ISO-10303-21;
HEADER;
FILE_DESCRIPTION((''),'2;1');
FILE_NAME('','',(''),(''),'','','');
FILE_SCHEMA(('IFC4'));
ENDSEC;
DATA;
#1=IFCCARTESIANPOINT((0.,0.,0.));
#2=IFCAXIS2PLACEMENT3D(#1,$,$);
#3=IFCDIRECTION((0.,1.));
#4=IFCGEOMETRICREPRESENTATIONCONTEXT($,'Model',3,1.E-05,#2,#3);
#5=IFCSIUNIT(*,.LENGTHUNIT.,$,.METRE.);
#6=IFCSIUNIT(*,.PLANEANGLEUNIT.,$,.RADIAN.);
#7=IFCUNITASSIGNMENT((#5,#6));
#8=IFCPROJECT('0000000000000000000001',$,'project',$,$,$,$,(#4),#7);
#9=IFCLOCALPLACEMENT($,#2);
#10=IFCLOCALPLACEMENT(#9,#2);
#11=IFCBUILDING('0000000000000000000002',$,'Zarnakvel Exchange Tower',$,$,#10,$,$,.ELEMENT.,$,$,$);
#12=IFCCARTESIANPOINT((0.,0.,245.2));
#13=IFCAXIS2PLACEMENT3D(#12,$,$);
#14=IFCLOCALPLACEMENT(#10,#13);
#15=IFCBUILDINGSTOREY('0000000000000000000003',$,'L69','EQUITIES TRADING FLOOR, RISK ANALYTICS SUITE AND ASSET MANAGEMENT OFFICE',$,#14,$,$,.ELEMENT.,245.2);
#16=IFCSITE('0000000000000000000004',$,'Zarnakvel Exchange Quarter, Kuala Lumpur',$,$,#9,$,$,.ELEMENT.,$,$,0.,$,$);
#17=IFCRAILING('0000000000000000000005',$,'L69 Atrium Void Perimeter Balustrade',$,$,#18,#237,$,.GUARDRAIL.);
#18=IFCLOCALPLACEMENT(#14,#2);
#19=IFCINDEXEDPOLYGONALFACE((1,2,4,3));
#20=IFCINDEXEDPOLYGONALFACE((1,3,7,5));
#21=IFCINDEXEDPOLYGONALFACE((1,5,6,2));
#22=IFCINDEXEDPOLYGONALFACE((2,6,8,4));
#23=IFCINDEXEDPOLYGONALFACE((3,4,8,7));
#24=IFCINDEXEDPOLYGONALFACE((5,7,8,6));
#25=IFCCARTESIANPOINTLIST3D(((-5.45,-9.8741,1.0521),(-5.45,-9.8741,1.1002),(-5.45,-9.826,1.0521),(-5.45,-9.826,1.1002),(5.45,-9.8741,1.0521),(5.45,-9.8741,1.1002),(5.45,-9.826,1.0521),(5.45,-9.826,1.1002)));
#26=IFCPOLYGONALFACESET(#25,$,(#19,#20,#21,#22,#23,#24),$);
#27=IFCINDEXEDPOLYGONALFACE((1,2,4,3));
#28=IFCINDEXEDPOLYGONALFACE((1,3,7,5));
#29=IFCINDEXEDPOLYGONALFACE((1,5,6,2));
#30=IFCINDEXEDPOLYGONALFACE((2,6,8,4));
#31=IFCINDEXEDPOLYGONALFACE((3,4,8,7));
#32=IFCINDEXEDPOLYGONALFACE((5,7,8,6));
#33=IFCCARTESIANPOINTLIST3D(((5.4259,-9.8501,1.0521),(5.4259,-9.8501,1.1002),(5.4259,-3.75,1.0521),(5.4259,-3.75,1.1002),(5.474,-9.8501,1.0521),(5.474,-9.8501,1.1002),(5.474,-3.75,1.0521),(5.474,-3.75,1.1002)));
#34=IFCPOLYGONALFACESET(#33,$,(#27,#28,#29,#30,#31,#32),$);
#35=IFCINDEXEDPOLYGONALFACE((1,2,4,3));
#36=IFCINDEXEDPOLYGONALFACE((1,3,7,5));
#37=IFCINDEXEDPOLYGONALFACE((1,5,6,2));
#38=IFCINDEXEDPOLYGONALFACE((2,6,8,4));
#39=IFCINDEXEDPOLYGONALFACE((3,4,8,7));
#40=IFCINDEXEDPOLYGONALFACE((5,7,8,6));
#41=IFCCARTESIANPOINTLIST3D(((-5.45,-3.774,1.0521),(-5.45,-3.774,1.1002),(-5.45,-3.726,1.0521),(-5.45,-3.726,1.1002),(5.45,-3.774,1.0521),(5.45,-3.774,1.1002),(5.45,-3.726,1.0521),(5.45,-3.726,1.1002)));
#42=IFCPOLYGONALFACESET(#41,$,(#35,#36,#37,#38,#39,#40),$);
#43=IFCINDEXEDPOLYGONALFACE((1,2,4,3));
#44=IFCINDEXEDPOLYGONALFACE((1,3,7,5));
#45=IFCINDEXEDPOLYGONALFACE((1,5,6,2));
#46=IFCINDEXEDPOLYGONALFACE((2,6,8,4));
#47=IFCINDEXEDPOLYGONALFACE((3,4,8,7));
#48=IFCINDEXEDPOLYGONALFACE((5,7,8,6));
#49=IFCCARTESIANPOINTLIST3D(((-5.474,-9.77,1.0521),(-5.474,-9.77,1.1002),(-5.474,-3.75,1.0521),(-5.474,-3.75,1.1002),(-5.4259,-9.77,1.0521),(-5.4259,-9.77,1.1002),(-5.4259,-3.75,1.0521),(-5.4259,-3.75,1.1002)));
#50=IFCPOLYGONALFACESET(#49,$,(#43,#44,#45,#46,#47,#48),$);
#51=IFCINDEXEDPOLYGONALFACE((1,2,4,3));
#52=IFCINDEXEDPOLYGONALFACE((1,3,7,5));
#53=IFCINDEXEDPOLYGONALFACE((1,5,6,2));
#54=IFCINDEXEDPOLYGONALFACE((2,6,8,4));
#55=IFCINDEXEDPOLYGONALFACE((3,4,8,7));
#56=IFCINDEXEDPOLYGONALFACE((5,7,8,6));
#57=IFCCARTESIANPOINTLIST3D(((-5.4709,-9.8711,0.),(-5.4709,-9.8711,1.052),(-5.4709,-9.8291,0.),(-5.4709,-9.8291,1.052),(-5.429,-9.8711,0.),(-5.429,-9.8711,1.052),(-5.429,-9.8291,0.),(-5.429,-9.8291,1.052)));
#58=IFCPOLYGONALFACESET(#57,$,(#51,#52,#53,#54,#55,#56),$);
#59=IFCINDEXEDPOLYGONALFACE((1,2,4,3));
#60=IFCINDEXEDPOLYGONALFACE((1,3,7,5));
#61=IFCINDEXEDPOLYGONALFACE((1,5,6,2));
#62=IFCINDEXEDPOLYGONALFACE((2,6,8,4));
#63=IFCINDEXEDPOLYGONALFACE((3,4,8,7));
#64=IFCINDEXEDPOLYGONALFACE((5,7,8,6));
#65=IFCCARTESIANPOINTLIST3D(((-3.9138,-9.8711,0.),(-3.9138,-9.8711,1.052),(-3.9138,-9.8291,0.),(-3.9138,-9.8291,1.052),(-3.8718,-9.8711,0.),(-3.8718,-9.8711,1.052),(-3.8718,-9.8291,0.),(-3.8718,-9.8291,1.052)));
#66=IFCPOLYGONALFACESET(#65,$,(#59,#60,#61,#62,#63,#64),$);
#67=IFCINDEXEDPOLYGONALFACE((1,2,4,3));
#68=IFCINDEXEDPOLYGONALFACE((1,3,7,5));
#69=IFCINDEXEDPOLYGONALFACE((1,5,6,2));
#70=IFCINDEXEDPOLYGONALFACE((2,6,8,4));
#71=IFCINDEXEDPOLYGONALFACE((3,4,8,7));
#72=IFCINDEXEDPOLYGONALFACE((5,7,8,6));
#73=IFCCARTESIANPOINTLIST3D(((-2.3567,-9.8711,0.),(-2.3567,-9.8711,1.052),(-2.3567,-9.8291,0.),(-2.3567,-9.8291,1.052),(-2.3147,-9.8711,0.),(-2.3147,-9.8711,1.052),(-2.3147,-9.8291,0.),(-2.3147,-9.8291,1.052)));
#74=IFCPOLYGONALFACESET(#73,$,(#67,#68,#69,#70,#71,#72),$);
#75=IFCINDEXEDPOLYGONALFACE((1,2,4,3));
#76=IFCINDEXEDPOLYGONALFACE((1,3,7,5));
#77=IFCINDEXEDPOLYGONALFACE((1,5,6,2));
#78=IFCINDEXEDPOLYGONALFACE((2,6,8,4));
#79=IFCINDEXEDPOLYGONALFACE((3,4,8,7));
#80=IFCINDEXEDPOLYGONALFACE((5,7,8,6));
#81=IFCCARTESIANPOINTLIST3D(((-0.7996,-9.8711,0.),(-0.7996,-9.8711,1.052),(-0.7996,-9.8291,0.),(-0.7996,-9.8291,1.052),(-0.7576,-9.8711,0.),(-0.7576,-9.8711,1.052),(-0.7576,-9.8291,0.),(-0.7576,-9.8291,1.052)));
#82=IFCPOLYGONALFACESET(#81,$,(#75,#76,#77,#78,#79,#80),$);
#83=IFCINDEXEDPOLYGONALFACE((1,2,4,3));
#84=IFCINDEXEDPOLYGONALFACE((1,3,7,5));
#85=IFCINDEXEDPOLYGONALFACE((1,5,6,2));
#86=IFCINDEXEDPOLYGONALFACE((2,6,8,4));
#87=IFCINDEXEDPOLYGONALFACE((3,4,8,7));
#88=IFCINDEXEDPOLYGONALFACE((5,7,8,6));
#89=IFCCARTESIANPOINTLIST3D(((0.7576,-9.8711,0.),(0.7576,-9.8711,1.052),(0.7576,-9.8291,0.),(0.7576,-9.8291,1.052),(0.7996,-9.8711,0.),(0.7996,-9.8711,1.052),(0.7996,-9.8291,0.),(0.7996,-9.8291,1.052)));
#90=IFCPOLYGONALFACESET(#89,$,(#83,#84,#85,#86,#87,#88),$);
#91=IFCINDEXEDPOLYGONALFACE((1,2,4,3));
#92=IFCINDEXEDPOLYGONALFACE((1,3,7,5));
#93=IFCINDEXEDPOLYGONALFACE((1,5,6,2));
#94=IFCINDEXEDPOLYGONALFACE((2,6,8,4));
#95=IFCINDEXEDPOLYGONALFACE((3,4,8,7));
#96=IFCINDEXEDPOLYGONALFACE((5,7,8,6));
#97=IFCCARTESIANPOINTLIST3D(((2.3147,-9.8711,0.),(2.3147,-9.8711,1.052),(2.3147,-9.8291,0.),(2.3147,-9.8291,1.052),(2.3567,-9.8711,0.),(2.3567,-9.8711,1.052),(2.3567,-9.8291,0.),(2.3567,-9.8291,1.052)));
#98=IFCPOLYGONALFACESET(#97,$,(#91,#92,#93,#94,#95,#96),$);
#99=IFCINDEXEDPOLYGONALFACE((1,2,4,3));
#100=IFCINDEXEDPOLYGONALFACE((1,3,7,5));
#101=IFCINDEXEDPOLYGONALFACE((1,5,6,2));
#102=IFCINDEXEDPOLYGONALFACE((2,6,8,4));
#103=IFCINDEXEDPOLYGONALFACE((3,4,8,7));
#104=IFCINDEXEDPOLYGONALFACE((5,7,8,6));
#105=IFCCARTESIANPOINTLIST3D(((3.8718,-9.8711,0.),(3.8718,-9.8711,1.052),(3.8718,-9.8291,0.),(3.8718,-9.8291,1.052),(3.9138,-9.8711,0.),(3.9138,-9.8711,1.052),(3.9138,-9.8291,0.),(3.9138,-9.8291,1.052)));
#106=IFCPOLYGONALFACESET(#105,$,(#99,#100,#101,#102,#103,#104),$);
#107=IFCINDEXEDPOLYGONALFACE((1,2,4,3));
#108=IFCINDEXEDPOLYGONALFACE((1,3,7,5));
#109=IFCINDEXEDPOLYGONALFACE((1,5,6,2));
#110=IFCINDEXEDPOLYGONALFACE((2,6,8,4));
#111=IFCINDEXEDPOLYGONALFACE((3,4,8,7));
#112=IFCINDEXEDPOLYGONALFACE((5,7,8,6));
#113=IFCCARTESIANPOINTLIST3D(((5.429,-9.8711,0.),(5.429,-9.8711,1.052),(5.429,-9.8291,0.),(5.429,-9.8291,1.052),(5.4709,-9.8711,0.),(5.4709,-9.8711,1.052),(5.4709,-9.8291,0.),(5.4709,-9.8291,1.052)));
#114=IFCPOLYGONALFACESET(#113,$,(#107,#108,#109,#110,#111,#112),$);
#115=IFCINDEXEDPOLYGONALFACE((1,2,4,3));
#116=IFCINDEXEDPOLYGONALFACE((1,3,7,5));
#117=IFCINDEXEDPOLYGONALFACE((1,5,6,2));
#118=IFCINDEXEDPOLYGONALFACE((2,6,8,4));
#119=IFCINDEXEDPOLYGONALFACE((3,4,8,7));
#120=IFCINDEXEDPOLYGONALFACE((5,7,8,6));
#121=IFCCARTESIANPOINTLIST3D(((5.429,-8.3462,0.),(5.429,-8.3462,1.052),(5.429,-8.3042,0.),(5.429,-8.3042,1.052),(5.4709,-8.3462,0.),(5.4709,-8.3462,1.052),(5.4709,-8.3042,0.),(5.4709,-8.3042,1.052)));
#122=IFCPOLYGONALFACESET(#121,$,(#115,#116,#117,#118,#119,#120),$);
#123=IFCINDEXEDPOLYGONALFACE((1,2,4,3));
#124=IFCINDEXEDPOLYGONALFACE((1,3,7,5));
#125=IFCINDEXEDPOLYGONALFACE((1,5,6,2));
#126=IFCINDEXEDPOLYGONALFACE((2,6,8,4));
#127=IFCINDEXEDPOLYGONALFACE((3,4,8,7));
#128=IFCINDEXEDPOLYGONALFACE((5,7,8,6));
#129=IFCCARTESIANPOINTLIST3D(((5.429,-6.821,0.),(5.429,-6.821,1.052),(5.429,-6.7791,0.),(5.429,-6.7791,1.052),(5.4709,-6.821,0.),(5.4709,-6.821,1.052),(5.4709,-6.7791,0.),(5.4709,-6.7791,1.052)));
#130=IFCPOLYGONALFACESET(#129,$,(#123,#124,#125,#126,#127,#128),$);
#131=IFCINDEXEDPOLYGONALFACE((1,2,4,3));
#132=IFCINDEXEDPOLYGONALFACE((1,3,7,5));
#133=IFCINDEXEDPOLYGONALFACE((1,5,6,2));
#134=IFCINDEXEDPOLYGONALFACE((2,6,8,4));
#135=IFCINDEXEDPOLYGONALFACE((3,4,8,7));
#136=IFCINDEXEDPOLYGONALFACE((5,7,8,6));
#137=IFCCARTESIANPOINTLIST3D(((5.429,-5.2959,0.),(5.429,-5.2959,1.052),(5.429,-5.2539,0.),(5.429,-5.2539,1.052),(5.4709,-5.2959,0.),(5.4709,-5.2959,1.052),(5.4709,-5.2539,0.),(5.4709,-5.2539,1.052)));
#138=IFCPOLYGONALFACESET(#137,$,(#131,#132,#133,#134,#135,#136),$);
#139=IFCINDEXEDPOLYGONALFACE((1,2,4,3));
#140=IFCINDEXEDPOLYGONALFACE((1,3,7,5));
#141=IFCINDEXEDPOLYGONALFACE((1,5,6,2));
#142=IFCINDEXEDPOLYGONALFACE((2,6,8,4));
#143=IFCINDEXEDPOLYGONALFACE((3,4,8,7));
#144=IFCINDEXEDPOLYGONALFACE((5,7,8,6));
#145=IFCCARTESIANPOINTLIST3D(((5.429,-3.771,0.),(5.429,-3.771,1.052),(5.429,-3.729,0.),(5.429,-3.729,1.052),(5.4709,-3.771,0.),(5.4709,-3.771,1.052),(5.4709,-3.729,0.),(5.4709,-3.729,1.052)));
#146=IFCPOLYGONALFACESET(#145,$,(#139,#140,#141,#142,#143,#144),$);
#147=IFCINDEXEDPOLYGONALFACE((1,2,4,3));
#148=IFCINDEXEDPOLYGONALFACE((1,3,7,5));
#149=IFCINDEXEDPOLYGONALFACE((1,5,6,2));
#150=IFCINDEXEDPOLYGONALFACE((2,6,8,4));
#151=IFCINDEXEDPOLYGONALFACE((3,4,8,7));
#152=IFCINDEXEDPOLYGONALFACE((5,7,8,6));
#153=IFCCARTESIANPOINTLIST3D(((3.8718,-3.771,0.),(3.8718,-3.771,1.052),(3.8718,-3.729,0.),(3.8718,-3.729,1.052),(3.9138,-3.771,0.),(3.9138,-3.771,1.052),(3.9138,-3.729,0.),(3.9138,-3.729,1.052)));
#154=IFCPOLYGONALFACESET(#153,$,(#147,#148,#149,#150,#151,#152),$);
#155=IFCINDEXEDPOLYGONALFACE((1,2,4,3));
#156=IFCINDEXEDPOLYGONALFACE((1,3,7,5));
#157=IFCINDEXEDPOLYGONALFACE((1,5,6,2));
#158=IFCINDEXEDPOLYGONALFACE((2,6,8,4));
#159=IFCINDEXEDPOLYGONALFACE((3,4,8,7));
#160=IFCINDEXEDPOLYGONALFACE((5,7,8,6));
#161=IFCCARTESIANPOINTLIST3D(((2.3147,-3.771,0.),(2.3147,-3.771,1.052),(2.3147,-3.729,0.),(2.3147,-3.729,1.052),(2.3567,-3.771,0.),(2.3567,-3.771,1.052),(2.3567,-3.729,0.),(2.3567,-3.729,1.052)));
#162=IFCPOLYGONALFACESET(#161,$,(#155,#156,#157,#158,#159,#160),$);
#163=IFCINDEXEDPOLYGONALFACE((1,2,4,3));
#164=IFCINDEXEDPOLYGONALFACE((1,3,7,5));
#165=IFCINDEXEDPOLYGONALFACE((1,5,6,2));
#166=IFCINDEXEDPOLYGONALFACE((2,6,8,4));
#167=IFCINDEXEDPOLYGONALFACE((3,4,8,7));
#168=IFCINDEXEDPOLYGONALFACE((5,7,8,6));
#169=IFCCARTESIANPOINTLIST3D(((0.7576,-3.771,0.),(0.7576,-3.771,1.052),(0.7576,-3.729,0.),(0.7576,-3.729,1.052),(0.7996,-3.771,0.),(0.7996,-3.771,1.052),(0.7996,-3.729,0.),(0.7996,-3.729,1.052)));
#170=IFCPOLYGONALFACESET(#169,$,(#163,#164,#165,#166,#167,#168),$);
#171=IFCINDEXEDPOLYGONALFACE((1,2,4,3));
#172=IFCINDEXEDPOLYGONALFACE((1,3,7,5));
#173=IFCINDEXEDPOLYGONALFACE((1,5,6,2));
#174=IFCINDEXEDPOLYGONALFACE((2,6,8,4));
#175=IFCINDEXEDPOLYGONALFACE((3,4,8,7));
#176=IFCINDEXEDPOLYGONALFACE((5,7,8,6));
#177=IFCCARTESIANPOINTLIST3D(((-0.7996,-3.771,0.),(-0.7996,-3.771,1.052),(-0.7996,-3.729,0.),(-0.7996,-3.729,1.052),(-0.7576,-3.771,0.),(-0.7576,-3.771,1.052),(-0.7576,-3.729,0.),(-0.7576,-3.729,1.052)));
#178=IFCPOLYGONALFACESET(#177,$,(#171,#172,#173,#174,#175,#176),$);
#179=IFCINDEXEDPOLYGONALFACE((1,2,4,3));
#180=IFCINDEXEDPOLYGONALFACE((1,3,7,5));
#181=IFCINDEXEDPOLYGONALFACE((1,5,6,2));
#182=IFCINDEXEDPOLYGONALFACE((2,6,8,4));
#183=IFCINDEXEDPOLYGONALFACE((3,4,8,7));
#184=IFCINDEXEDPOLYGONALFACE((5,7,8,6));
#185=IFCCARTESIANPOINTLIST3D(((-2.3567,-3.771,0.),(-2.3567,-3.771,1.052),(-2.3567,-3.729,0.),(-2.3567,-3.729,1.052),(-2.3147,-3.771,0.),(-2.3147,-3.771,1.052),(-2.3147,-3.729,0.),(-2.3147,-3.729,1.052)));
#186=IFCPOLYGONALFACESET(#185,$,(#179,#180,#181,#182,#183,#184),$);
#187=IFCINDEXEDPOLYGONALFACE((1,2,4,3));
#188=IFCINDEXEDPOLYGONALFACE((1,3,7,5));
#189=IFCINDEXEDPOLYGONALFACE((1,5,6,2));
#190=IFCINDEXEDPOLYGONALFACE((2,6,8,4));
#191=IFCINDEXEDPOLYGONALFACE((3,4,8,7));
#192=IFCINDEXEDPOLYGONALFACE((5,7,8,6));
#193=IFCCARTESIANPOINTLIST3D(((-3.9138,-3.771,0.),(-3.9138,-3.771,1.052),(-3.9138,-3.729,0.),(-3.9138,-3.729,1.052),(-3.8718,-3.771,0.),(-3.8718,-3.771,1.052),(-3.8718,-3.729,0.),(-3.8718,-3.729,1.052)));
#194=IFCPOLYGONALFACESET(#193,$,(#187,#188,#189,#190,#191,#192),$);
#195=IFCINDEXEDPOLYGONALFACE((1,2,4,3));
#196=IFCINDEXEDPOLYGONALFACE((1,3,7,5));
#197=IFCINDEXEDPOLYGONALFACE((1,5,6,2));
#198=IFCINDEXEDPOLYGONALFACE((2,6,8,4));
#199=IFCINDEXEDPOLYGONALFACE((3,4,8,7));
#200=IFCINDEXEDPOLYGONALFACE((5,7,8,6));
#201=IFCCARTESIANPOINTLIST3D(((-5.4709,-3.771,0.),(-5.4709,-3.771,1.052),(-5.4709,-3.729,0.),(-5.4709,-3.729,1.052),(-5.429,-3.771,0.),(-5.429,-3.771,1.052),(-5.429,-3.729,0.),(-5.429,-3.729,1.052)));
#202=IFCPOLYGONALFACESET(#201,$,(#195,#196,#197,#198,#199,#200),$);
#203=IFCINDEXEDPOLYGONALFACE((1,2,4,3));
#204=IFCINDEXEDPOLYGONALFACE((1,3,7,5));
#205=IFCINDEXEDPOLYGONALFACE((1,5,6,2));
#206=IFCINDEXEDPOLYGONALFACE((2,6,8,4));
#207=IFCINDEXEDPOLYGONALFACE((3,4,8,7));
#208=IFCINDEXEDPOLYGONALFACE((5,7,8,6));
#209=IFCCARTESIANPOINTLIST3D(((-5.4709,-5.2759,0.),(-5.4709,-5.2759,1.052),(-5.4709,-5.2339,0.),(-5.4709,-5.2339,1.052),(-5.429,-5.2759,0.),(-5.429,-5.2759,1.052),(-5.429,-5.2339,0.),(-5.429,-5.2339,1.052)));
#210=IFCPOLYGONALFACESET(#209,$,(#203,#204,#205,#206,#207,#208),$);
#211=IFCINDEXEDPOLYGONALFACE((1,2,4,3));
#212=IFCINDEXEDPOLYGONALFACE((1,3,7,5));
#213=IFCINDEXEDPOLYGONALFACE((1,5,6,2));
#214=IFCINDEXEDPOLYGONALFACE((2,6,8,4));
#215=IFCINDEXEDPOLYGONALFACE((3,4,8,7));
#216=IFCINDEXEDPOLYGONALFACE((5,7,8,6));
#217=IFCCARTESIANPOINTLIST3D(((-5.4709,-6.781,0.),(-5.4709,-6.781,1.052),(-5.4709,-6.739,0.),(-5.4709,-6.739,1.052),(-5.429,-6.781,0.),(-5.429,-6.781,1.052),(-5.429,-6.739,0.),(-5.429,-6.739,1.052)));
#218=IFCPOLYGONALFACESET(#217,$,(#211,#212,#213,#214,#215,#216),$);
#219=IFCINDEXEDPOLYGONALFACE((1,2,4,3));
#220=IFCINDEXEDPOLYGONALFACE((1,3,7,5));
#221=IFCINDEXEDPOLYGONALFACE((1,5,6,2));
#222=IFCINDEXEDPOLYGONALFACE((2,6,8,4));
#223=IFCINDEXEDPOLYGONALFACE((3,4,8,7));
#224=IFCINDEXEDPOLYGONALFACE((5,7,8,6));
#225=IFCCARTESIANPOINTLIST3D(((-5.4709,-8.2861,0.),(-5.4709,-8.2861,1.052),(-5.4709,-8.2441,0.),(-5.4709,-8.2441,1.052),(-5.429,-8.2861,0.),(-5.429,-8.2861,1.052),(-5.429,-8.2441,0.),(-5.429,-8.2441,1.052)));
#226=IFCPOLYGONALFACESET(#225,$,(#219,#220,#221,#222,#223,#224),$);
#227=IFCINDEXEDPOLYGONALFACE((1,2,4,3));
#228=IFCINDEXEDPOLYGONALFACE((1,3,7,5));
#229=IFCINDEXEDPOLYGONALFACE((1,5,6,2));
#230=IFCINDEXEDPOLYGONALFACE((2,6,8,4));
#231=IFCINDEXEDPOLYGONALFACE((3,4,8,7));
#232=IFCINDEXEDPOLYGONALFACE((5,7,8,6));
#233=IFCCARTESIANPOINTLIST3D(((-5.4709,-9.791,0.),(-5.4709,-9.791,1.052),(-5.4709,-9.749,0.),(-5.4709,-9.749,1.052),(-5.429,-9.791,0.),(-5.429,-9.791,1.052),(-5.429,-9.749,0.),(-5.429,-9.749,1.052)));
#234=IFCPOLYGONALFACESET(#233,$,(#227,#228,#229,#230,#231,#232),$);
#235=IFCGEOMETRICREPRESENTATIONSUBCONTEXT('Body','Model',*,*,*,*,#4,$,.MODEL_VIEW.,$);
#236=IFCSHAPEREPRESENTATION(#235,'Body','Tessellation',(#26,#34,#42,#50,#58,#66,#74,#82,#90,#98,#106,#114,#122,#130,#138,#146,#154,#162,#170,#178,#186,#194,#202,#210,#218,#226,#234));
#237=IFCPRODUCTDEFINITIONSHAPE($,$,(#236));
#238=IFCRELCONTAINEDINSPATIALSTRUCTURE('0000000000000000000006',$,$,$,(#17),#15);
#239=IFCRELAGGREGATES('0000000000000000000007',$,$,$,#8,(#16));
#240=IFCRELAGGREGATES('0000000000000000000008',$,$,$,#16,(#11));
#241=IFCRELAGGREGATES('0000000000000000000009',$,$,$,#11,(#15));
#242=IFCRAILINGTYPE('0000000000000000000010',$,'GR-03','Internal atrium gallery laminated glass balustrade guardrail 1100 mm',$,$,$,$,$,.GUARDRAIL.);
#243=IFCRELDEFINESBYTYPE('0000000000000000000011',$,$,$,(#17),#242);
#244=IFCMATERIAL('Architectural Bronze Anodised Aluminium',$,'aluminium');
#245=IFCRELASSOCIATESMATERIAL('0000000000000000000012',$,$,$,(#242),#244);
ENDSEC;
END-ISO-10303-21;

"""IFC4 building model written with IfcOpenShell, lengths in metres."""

from ifc_helpers import new_model, si_unit, direction, frame, origin, origin_2d, place, context, subcontext, project, spatial, rectangle, extrude, material, type_object, element, save


model = new_model("IFC4")

# Units and contexts
model_context = context("Model", 3, precision=1e-05, world=origin(), true_north=direction((0.0, 1.0)))
body_context = subcontext(model_context, "Body", "Model", "MODEL_VIEW")
ifc_project = project(units=[si_unit("LENGTHUNIT", "METRE"), si_unit("PLANEANGLEUNIT", "RADIAN")], contexts=[model_context])

# Site, building, storey
site_placement = place(None, origin())
site = spatial("IfcSite", under=ifc_project, at=site_placement, Name="Zarnakvel Exchange Quarter, Kuala Lumpur", CompositionType="ELEMENT", RefElevation=0.0)
building_placement = place(site_placement, origin())
building = spatial("IfcBuilding", under=site, at=building_placement, Name="Zarnakvel Exchange Tower", CompositionType="ELEMENT")
storey_placement = place(building_placement, frame((0.0, 0.0, 245.2)))
storey = spatial("IfcBuildingStorey", under=building, at=storey_placement, Name="L69", Description="EQUITIES TRADING FLOOR, RISK ANALYTICS SUITE AND ASSET MANAGEMENT OFFICE", CompositionType="ELEMENT", Elevation=245.2)

# Shared definitions
ifc_material_1 = material(Name="Architectural Bronze Anodised Aluminium", Category="aluminium")

# Railing
railing_type_1 = type_object("IfcRailingType", Name="GR-03", Description="Internal atrium gallery laminated glass balustrade guardrail 1100 mm", PredefinedType="GUARDRAIL", material=ifc_material_1)
railing_1_placement = place(storey_placement, frame((-5.45, -9.8501, 0.0)))
element("IfcRailing", 1, at=railing_1_placement, inside=storey, type_object=railing_type_1, Name="L69 Atrium Void Perimeter Balustrade", PredefinedType="GUARDRAIL", context=body_context, shape_type="SweptSolid", body=[
    extrude(rectangle(XDim=0.0481, YDim=0.0481, at=origin_2d()), frame((0.0, 0.0, 1.0762), z_axis=(1.0, 0.0, 0.0), x_axis=(0.0, 1.0, 0.0)), (0.0, 0.0, 1.0), 10.8999),
    extrude(rectangle(XDim=0.0481, YDim=0.0481, at=origin_2d()), frame((10.8999, 0.0, 1.0762), z_axis=(0.0, 1.0, 0.0), x_axis=(-1.0, 0.0, 0.0)), (0.0, 0.0, 1.0), 6.1001),
    extrude(rectangle(XDim=0.0481, YDim=0.0481, at=origin_2d()), frame((10.8999, 6.1001, 1.0762), z_axis=(-1.0, 0.0, 0.0), x_axis=(0.0, -1.0, 0.0)), (0.0, 0.0, 1.0), 10.8999),
    extrude(rectangle(XDim=0.0481, YDim=0.0481, at=origin_2d()), frame((0.0, 6.1001, 1.0762), z_axis=(0.0, -1.0, 0.0), x_axis=(1.0, 0.0, 0.0)), (0.0, 0.0, 1.0), 6.02),
    extrude(rectangle(XDim=0.042, YDim=0.042, at=origin_2d()), origin(), (0.0, 0.0, 1.0), 1.052),
    extrude(rectangle(XDim=0.042, YDim=0.042, at=origin_2d()), frame((1.5571, 0.0, 0.0)), (0.0, 0.0, 1.0), 1.052),
    extrude(rectangle(XDim=0.042, YDim=0.042, at=origin_2d()), frame((3.1143, 0.0, 0.0)), (0.0, 0.0, 1.0), 1.052),
    extrude(rectangle(XDim=0.042, YDim=0.042, at=origin_2d()), frame((4.6714, 0.0, 0.0)), (0.0, 0.0, 1.0), 1.052),
    extrude(rectangle(XDim=0.042, YDim=0.042, at=origin_2d()), frame((6.2285, 0.0, 0.0)), (0.0, 0.0, 1.0), 1.052),
    extrude(rectangle(XDim=0.042, YDim=0.042, at=origin_2d()), frame((7.7856, 0.0, 0.0)), (0.0, 0.0, 1.0), 1.052),
    extrude(rectangle(XDim=0.042, YDim=0.042, at=origin_2d()), frame((9.3428, 0.0, 0.0)), (0.0, 0.0, 1.0), 1.052),
    extrude(rectangle(XDim=0.042, YDim=0.042, at=origin_2d()), frame((10.8999, 0.0, 0.0)), (0.0, 0.0, 1.0), 1.052),
    extrude(rectangle(XDim=0.042, YDim=0.042, at=origin_2d()), frame((10.8999, 1.5249, 0.0)), (0.0, 0.0, 1.0), 1.052),
    extrude(rectangle(XDim=0.042, YDim=0.042, at=origin_2d()), frame((10.8999, 3.05, 0.0)), (0.0, 0.0, 1.0), 1.052),
    extrude(rectangle(XDim=0.042, YDim=0.042, at=origin_2d()), frame((10.8999, 4.5752, 0.0)), (0.0, 0.0, 1.0), 1.052),
    extrude(rectangle(XDim=0.042, YDim=0.042, at=origin_2d()), frame((10.8999, 6.1001, 0.0)), (0.0, 0.0, 1.0), 1.052),
    extrude(rectangle(XDim=0.042, YDim=0.042, at=origin_2d()), frame((9.3428, 6.1001, 0.0)), (0.0, 0.0, 1.0), 1.052),
    extrude(rectangle(XDim=0.042, YDim=0.042, at=origin_2d()), frame((7.7856, 6.1001, 0.0)), (0.0, 0.0, 1.0), 1.052),
    extrude(rectangle(XDim=0.042, YDim=0.042, at=origin_2d()), frame((6.2285, 6.1001, 0.0)), (0.0, 0.0, 1.0), 1.052),
    extrude(rectangle(XDim=0.042, YDim=0.042, at=origin_2d()), frame((4.6714, 6.1001, 0.0)), (0.0, 0.0, 1.0), 1.052),
    extrude(rectangle(XDim=0.042, YDim=0.042, at=origin_2d()), frame((3.1143, 6.1001, 0.0)), (0.0, 0.0, 1.0), 1.052),
    extrude(rectangle(XDim=0.042, YDim=0.042, at=origin_2d()), frame((1.5571, 6.1001, 0.0)), (0.0, 0.0, 1.0), 1.052),
    extrude(rectangle(XDim=0.042, YDim=0.042, at=origin_2d()), frame((0.0, 6.1001, 0.0)), (0.0, 0.0, 1.0), 1.052),
    extrude(rectangle(XDim=0.042, YDim=0.042, at=origin_2d()), frame((0.0, 4.5952, 0.0)), (0.0, 0.0, 1.0), 1.052),
    extrude(rectangle(XDim=0.042, YDim=0.042, at=origin_2d()), frame((0.0, 3.0901, 0.0)), (0.0, 0.0, 1.0), 1.052),
    extrude(rectangle(XDim=0.042, YDim=0.042, at=origin_2d()), frame((0.0, 1.585, 0.0)), (0.0, 0.0, 1.0), 1.052),
    extrude(rectangle(XDim=0.042, YDim=0.042, at=origin_2d()), frame((0.0, 0.0801, 0.0)), (0.0, 0.0, 1.0), 1.052),
])

save(model, "model.ifc")
